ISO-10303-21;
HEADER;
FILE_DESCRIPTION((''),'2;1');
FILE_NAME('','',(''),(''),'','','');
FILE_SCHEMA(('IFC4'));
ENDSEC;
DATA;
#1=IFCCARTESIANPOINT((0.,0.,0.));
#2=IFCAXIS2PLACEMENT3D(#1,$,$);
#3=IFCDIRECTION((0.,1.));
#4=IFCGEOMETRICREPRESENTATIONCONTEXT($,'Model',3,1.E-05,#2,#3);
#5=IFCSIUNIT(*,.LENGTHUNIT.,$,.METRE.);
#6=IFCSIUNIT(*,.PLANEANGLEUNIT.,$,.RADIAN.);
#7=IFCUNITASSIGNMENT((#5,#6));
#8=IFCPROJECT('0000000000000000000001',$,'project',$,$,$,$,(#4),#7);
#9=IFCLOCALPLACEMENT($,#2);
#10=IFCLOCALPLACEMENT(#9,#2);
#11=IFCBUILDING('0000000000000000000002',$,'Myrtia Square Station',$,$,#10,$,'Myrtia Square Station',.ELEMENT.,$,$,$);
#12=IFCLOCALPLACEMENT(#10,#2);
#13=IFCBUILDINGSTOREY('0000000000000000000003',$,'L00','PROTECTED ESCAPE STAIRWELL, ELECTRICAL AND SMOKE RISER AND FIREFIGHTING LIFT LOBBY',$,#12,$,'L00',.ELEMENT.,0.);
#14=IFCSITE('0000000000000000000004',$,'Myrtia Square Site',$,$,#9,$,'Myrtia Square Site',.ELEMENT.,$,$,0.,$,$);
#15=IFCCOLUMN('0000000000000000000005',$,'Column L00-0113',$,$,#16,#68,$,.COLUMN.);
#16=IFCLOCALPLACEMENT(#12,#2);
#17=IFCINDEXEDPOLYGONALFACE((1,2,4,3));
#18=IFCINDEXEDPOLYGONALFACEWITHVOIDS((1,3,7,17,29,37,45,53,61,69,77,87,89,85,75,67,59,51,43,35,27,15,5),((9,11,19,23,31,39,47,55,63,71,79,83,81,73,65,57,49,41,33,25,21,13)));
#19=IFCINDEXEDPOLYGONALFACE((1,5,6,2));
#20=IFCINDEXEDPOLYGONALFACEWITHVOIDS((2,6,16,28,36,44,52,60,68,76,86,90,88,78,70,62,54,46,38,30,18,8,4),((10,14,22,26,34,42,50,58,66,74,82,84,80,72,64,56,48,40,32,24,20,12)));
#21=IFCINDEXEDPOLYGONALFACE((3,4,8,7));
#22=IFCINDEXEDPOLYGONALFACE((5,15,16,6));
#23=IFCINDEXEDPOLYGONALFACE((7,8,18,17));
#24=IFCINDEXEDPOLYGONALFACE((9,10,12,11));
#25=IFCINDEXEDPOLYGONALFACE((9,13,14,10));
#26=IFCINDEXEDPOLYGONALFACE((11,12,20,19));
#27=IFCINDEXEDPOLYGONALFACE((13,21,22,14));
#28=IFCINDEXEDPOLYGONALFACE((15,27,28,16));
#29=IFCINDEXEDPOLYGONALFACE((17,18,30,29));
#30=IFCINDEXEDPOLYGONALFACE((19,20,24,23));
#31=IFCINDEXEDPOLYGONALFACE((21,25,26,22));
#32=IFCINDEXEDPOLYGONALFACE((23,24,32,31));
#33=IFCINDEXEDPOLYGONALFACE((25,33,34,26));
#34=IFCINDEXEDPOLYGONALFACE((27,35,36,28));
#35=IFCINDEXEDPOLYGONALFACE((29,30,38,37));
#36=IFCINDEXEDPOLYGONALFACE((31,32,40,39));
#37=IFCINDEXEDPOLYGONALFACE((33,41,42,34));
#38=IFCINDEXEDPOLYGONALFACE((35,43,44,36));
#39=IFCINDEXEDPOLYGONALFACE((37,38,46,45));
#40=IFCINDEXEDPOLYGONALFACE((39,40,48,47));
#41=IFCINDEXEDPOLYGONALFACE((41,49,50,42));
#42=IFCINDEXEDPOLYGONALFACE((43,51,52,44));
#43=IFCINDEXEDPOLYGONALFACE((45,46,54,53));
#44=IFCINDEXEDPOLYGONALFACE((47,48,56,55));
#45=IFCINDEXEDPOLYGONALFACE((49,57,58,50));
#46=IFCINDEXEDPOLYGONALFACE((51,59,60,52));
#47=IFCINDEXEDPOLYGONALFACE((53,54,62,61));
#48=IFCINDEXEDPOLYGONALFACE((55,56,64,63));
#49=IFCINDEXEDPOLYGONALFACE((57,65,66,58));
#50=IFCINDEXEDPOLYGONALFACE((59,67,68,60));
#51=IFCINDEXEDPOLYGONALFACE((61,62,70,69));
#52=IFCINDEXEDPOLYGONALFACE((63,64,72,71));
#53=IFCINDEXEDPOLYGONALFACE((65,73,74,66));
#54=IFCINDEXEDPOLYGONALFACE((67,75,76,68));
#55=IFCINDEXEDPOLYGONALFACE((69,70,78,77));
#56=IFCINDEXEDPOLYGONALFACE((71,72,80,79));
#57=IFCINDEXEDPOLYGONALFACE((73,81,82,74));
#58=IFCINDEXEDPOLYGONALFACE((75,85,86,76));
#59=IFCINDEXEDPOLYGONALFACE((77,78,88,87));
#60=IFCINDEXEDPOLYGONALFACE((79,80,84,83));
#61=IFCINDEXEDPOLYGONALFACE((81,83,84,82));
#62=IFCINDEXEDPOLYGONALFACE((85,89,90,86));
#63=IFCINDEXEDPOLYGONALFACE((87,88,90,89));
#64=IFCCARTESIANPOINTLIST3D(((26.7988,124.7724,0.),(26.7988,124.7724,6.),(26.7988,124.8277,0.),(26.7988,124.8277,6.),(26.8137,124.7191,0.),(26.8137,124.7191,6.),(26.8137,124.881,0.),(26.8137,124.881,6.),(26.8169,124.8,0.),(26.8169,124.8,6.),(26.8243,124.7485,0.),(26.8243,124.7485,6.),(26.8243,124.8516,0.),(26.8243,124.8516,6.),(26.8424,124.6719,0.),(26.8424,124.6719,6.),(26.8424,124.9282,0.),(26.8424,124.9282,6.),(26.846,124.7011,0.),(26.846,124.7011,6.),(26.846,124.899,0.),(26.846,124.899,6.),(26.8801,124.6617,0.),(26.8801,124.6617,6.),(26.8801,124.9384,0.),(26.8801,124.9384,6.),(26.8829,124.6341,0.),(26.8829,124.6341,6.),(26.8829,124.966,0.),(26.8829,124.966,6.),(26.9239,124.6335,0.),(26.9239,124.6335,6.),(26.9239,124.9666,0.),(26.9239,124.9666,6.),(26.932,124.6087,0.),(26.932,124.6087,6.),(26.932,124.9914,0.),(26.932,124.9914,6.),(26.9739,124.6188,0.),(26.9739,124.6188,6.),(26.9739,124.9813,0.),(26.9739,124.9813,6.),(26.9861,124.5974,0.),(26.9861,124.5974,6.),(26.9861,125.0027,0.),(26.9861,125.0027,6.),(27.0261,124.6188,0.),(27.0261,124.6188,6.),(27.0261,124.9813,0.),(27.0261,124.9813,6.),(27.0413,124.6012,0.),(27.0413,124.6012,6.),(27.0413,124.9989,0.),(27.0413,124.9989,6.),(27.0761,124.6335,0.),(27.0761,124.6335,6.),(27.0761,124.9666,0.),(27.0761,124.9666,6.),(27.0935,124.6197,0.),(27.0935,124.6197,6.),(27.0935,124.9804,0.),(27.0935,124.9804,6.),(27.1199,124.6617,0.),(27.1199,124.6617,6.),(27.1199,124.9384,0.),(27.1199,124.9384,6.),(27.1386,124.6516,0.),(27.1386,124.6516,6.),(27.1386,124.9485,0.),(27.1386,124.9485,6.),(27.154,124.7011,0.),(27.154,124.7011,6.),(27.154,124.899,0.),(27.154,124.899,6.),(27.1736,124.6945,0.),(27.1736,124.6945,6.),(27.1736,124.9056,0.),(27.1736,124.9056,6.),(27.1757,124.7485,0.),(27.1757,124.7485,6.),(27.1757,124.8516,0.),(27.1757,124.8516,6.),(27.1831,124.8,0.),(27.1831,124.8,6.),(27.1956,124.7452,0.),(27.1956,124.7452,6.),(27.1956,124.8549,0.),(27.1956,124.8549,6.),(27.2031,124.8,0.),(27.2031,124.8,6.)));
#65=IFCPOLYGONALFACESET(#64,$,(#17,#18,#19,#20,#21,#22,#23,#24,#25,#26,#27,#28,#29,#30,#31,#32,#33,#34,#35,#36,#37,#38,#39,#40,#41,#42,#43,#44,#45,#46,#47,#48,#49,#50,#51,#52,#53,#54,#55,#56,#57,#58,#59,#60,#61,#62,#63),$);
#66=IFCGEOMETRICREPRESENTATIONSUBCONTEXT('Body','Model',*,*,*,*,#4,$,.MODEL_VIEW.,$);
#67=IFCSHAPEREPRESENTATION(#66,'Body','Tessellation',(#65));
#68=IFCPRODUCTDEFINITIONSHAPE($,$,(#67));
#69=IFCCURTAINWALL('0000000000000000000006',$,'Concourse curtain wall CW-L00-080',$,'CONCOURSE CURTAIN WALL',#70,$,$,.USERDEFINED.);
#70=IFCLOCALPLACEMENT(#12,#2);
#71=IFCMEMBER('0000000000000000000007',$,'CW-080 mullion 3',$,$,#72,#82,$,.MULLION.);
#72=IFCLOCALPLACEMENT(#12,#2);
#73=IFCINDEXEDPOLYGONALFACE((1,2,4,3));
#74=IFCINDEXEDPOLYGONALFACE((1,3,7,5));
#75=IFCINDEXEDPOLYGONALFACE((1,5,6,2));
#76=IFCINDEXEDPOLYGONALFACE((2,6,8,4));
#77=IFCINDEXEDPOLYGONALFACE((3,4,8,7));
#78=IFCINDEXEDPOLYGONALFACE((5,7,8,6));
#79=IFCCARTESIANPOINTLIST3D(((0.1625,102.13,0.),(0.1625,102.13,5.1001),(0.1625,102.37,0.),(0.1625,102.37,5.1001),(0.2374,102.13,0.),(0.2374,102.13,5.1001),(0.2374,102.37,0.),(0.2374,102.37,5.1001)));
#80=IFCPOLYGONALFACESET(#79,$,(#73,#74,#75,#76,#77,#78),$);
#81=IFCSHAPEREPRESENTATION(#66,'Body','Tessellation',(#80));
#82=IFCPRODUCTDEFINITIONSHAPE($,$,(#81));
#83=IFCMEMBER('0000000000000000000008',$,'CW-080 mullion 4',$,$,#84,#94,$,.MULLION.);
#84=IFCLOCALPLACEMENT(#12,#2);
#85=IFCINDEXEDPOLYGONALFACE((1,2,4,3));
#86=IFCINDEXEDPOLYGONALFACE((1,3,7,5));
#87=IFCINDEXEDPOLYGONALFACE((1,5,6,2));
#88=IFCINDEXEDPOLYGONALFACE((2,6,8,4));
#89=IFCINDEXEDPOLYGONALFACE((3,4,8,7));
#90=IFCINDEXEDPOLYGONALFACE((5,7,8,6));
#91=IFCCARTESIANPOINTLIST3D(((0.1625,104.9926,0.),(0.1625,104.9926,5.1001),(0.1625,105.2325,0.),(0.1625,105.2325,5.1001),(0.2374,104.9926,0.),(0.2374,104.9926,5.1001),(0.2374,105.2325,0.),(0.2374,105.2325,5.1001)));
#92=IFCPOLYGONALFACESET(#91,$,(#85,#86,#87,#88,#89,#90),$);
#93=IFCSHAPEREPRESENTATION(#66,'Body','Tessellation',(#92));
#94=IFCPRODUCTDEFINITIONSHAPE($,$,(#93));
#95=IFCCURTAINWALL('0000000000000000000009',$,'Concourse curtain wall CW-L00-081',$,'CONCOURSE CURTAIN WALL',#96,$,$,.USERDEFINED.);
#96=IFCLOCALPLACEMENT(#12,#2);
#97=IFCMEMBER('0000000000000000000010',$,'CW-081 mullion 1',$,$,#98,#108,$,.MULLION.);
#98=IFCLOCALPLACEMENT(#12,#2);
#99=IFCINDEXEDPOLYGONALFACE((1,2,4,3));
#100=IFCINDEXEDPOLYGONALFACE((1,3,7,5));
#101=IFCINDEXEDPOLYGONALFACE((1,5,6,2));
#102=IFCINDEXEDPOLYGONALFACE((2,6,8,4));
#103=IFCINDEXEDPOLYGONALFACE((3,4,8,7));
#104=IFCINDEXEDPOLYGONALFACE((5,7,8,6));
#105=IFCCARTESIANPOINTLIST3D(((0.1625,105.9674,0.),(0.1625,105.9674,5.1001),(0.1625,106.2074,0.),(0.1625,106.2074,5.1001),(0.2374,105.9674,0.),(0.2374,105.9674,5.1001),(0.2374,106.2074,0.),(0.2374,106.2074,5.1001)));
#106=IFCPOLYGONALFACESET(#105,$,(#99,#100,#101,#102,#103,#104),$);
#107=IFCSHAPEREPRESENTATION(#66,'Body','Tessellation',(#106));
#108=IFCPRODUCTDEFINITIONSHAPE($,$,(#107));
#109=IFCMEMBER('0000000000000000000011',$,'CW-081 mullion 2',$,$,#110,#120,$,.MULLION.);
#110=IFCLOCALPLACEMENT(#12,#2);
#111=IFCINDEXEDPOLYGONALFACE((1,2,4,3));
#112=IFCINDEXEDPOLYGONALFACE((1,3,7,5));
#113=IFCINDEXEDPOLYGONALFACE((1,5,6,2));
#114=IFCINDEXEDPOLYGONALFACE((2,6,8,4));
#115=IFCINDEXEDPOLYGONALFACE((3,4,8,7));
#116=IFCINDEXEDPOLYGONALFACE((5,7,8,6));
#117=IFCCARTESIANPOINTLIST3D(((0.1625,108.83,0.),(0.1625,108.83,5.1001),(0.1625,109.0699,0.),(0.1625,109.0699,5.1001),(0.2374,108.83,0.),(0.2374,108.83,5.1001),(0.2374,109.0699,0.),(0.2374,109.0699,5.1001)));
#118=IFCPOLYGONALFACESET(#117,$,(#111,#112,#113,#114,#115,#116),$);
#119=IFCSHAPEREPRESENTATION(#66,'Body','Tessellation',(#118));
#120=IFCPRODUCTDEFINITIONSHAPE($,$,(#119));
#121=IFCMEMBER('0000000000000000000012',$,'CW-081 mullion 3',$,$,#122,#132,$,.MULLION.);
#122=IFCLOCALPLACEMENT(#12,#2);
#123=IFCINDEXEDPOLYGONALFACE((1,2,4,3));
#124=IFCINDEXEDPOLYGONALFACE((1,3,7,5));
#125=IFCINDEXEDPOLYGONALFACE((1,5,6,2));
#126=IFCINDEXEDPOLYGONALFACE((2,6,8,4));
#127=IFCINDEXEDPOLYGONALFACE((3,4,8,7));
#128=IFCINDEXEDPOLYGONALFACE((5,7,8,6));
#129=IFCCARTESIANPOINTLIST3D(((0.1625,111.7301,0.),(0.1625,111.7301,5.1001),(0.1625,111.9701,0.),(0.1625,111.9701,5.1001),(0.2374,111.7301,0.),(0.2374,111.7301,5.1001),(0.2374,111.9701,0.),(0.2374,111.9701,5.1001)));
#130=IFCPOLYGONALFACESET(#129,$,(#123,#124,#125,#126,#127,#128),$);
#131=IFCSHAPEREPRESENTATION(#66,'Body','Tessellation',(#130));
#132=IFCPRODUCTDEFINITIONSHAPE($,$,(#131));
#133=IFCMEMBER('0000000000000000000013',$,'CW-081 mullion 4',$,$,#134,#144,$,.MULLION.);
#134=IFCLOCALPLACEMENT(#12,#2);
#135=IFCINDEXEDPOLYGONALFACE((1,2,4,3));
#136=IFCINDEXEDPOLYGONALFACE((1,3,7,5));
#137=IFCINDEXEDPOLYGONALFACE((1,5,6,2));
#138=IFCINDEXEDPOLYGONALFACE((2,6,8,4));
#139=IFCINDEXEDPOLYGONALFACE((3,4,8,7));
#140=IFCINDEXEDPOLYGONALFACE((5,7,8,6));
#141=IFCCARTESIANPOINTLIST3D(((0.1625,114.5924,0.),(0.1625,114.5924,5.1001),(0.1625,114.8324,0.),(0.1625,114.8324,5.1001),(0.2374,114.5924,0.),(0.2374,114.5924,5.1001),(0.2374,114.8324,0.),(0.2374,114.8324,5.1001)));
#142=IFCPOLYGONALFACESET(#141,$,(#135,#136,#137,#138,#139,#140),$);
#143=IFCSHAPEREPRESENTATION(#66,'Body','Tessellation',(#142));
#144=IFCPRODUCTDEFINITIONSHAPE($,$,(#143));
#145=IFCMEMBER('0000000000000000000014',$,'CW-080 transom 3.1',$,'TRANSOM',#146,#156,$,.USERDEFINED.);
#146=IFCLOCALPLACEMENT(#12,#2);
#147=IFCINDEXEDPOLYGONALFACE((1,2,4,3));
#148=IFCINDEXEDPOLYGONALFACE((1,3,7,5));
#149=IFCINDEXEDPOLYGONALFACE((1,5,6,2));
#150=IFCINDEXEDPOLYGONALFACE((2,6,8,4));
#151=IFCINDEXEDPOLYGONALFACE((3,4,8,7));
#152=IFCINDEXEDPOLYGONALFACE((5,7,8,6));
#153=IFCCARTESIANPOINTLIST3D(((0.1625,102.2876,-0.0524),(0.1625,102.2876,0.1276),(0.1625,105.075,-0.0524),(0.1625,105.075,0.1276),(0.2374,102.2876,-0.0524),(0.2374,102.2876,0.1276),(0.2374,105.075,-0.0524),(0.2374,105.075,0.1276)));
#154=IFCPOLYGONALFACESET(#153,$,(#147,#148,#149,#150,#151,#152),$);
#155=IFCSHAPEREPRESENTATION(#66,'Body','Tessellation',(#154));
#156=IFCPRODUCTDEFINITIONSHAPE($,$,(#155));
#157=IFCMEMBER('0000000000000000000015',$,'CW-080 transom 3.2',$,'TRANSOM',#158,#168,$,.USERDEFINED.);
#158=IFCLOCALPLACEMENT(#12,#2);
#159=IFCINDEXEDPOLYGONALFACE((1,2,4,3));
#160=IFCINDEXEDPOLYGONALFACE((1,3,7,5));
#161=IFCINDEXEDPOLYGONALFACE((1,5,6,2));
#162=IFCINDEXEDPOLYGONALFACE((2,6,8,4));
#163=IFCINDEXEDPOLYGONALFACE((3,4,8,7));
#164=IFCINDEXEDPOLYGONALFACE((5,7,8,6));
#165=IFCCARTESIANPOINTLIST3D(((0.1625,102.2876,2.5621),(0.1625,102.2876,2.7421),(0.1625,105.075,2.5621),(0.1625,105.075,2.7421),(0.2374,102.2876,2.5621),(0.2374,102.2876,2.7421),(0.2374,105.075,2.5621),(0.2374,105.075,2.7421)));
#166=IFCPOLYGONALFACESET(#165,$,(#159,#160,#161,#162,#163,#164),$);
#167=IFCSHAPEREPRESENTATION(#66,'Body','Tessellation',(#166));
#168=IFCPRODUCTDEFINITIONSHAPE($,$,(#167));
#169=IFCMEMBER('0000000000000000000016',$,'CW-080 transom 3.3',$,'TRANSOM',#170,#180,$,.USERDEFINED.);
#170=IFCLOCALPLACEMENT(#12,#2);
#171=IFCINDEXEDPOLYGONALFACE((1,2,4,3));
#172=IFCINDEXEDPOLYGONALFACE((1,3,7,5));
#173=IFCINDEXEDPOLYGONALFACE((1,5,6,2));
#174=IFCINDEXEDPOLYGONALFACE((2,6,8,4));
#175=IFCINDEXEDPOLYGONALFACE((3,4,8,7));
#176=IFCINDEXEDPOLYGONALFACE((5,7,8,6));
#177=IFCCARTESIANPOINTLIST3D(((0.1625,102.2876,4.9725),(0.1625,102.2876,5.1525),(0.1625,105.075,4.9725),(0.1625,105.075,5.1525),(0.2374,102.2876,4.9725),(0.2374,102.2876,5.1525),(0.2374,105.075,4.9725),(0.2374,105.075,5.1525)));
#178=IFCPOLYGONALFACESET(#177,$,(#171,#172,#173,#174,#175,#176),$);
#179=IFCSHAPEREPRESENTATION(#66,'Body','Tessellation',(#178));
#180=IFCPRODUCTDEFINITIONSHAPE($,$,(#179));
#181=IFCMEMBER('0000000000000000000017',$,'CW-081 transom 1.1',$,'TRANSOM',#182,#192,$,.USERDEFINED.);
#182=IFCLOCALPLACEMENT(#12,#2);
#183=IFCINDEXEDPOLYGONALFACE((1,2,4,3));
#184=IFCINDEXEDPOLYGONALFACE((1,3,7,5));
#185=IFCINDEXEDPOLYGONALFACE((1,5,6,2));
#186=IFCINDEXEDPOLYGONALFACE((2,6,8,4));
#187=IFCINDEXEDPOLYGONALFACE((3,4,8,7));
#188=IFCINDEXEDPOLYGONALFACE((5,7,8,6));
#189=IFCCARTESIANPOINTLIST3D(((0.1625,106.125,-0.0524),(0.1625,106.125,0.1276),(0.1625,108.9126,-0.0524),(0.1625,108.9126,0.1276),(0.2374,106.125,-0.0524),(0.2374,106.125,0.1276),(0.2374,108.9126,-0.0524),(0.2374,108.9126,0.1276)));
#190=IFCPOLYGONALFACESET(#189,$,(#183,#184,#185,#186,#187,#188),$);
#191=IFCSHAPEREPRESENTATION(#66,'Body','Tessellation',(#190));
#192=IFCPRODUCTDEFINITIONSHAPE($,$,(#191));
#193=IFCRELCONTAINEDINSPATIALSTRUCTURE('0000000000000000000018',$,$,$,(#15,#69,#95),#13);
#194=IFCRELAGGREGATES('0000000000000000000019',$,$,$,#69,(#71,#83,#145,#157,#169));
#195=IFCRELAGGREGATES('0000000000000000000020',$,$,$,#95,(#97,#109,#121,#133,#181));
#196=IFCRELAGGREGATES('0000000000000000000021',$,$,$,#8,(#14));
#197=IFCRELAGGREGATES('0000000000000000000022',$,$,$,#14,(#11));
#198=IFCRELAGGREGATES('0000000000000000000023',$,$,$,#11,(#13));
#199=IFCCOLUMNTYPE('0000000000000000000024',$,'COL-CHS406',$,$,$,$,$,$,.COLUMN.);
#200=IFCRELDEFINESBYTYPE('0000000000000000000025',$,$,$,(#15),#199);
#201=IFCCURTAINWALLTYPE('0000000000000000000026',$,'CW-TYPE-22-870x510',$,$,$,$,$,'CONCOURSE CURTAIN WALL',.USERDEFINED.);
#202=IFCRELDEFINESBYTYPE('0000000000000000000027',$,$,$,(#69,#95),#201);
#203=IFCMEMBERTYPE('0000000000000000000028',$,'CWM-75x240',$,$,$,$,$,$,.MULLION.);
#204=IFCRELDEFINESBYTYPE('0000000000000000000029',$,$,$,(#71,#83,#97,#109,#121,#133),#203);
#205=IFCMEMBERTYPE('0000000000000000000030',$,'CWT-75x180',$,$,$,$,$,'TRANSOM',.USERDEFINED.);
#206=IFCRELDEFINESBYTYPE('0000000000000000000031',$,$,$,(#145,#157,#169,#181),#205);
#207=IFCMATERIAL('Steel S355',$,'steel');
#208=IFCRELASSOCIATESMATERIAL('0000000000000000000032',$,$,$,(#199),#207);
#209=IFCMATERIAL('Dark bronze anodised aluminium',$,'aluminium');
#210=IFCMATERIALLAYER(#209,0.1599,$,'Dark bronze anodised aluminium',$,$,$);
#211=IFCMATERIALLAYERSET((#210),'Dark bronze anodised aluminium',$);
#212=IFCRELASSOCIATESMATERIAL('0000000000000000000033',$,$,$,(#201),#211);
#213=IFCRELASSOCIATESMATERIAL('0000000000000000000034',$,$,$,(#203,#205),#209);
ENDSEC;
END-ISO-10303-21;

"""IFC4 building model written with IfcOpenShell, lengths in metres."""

from ifc_helpers import new_model, si_unit, direction, frame, origin, origin_2d, place, context, subcontext, project, spatial, rectangle, hollow_circle, extrude, material, layer, layer_set, material_profile, profile_set, type_object, element, aggregate, save


model = new_model("IFC4")

# Units and contexts
model_context = context("Model", 3, precision=1e-05, world=origin(), true_north=direction((0.0, 1.0)))
body_context = subcontext(model_context, "Body", "Model", "MODEL_VIEW")
ifc_project = project(units=[si_unit("LENGTHUNIT", "METRE"), si_unit("PLANEANGLEUNIT", "RADIAN")], contexts=[model_context])

# Site, building, storey
site_placement = place(None, origin())
site = spatial("IfcSite", under=ifc_project, at=site_placement, Name="Myrtia Square Site", LongName="Myrtia Square Site", CompositionType="ELEMENT", RefElevation=0.0)
building_placement = place(site_placement, origin())
building = spatial("IfcBuilding", under=site, at=building_placement, Name="Myrtia Square Station", LongName="Myrtia Square Station", CompositionType="ELEMENT")
storey_placement = place(building_placement, origin())
storey = spatial("IfcBuildingStorey", under=building, at=storey_placement, Name="L00", Description="PROTECTED ESCAPE STAIRWELL, ELECTRICAL AND SMOKE RISER AND FIREFIGHTING LIFT LOBBY", LongName="L00", CompositionType="ELEMENT", Elevation=0.0)

# Column
ifc_material_1 = material(Name="Steel S355", Category="steel")
ifc_material_profile_1 = material_profile(ifc_material_1, hollow_circle(Radius=0.2031, WallThickness=0.02, at=origin_2d()), Name="CHS 406.4x20")
ifc_profile_set_1 = profile_set([ifc_material_profile_1], Name="Steel S355")
column_type = type_object("IfcColumnType", Name="COL-CHS406", PredefinedType="COLUMN", material=ifc_profile_set_1)
for number, where, z_axis, x_axis, name in (
    (1, (27.0, 124.8, 0.0), (0.0, 0.0, 1.0), (1.0, 0.0, 0.0), "Column L00-0113"),
):
    element("IfcColumn", number, at=place(storey_placement, frame(where, z_axis=z_axis, x_axis=x_axis)), inside=storey, type_object=column_type, Name=name, PredefinedType="COLUMN", context=body_context, shape_type="SweptSolid", body=[
        extrude(hollow_circle(Radius=0.2031, WallThickness=0.02, at=origin_2d()), origin(), (0.0, 0.0, 1.0), 6.0),
    ])

# Curtain walls, members
ifc_material_2 = material(Name="Dark bronze anodised aluminium", Category="aluminium")
ifc_layer_1 = layer(ifc_material_2, 0.1599, Name="Dark bronze anodised aluminium")
ifc_layer_set_1 = layer_set([ifc_layer_1], Name="Dark bronze anodised aluminium")
curtain_wall_type = type_object("IfcCurtainWallType", Name="CW-TYPE-22-870x510", ElementType="CONCOURSE CURTAIN WALL", PredefinedType="USERDEFINED", material=ifc_layer_set_1)
curtain_wall_1_placement = place(storey_placement, origin())
curtain_wall_1 = element("IfcCurtainWall", 2, at=curtain_wall_1_placement, inside=storey, type_object=curtain_wall_type, Name="Concourse curtain wall CW-L00-080", ObjectType="CONCOURSE CURTAIN WALL", PredefinedType="USERDEFINED")
ifc_material_profile_2 = material_profile(ifc_material_2, rectangle(XDim=0.075, YDim=0.24, at=origin_2d()), Name="ALU-M 75x240")
ifc_profile_set_2 = profile_set([ifc_material_profile_2], Name="Dark bronze anodised aluminium")
member_type_1 = type_object("IfcMemberType", Name="CWM-75x240", PredefinedType="MULLION", material=ifc_profile_set_2)
member_1_placement = place(storey_placement, frame((0.2, 102.25, 0.0), z_axis=(0.0, 0.0, 1.0), x_axis=(-1.0, 0.0, 0.0)))
member_1 = element("IfcMember", 3, at=member_1_placement, type_object=member_type_1, Name="CW-080 mullion 3", PredefinedType="MULLION", context=body_context, shape_type="SweptSolid", body=[
    extrude(rectangle(XDim=0.075, YDim=0.24, at=origin_2d()), origin(), (0.0, 0.0, 1.0), 5.1001),
])
member_2_placement = place(storey_placement, frame((0.2, 105.1125, 0.0), z_axis=(0.0, 0.0, 1.0), x_axis=(-1.0, 0.0, 0.0)))
member_2 = element("IfcMember", 4, at=member_2_placement, type_object=member_type_1, Name="CW-080 mullion 4", PredefinedType="MULLION", context=body_context, shape_type="SweptSolid", body=[
    extrude(rectangle(XDim=0.075, YDim=0.24, at=origin_2d()), origin(), (0.0, 0.0, 1.0), 5.1001),
])
curtain_wall_2_placement = place(storey_placement, origin())
curtain_wall_2 = element("IfcCurtainWall", 5, at=curtain_wall_2_placement, inside=storey, type_object=curtain_wall_type, Name="Concourse curtain wall CW-L00-081", ObjectType="CONCOURSE CURTAIN WALL", PredefinedType="USERDEFINED")
member_3_placement = place(storey_placement, frame((0.2, 106.0874, 0.0), z_axis=(0.0, 0.0, 1.0), x_axis=(-1.0, 0.0, 0.0)))
member_3 = element("IfcMember", 6, at=member_3_placement, type_object=member_type_1, Name="CW-081 mullion 1", PredefinedType="MULLION", context=body_context, shape_type="SweptSolid", body=[
    extrude(rectangle(XDim=0.075, YDim=0.24, at=origin_2d()), origin(), (0.0, 0.0, 1.0), 5.1001),
])
member_4_placement = place(storey_placement, frame((0.2, 108.95, 0.0), z_axis=(0.0, 0.0, 1.0), x_axis=(-1.0, 0.0, 0.0)))
member_4 = element("IfcMember", 7, at=member_4_placement, type_object=member_type_1, Name="CW-081 mullion 2", PredefinedType="MULLION", context=body_context, shape_type="SweptSolid", body=[
    extrude(rectangle(XDim=0.075, YDim=0.24, at=origin_2d()), origin(), (0.0, 0.0, 1.0), 5.1001),
])
member_5_placement = place(storey_placement, frame((0.2, 111.8501, 0.0), z_axis=(0.0, 0.0, 1.0), x_axis=(-1.0, 0.0, 0.0)))
member_5 = element("IfcMember", 8, at=member_5_placement, type_object=member_type_1, Name="CW-081 mullion 3", PredefinedType="MULLION", context=body_context, shape_type="SweptSolid", body=[
    extrude(rectangle(XDim=0.075, YDim=0.24, at=origin_2d()), origin(), (0.0, 0.0, 1.0), 5.1001),
])
member_6_placement = place(storey_placement, frame((0.2, 114.7124, 0.0), z_axis=(0.0, 0.0, 1.0), x_axis=(-1.0, 0.0, 0.0)))
member_6 = element("IfcMember", 9, at=member_6_placement, type_object=member_type_1, Name="CW-081 mullion 4", PredefinedType="MULLION", context=body_context, shape_type="SweptSolid", body=[
    extrude(rectangle(XDim=0.075, YDim=0.24, at=origin_2d()), origin(), (0.0, 0.0, 1.0), 5.1001),
])

# Members
ifc_material_profile_3 = material_profile(ifc_material_2, rectangle(XDim=0.075, YDim=0.1799, at=origin_2d()), Name="ALU-T 75x180")
ifc_profile_set_3 = profile_set([ifc_material_profile_3], Name="Dark bronze anodised aluminium")
member_type_2 = type_object("IfcMemberType", Name="CWT-75x180", ElementType="TRANSOM", PredefinedType="USERDEFINED", material=ifc_profile_set_3)
member_7_placement = place(storey_placement, frame((0.2, 102.2876, 0.0376), z_axis=(0.0, 1.0, 0.0), x_axis=(-1.0, 0.0, 0.0)))
member_7 = element("IfcMember", 10, at=member_7_placement, type_object=member_type_2, Name="CW-080 transom 3.1", ObjectType="TRANSOM", PredefinedType="USERDEFINED", context=body_context, shape_type="SweptSolid", body=[
    extrude(rectangle(XDim=0.075, YDim=0.1799, at=origin_2d()), origin(), (0.0, 0.0, 1.0), 2.7874),
])
member_8_placement = place(storey_placement, frame((0.2, 102.2876, 2.6521), z_axis=(0.0, 1.0, 0.0), x_axis=(-1.0, 0.0, 0.0)))
member_8 = element("IfcMember", 11, at=member_8_placement, type_object=member_type_2, Name="CW-080 transom 3.2", ObjectType="TRANSOM", PredefinedType="USERDEFINED", context=body_context, shape_type="SweptSolid", body=[
    extrude(rectangle(XDim=0.075, YDim=0.1799, at=origin_2d()), origin(), (0.0, 0.0, 1.0), 2.7874),
])
member_9_placement = place(storey_placement, frame((0.2, 102.2876, 5.0625), z_axis=(0.0, 1.0, 0.0), x_axis=(-1.0, 0.0, 0.0)))
member_9 = element("IfcMember", 12, at=member_9_placement, type_object=member_type_2, Name="CW-080 transom 3.3", ObjectType="TRANSOM", PredefinedType="USERDEFINED", context=body_context, shape_type="SweptSolid", body=[
    extrude(rectangle(XDim=0.075, YDim=0.1799, at=origin_2d()), origin(), (0.0, 0.0, 1.0), 2.7874),
])
member_10_placement = place(storey_placement, frame((0.2, 106.125, 0.0376), z_axis=(0.0, 1.0, 0.0), x_axis=(-1.0, 0.0, 0.0)))
member_10 = element("IfcMember", 13, at=member_10_placement, type_object=member_type_2, Name="CW-081 transom 1.1", ObjectType="TRANSOM", PredefinedType="USERDEFINED", context=body_context, shape_type="SweptSolid", body=[
    extrude(rectangle(XDim=0.075, YDim=0.1799, at=origin_2d()), origin(), (0.0, 0.0, 1.0), 2.7876),
])

aggregate(curtain_wall_1, [member_1, member_2, member_7, member_8, member_9])
aggregate(curtain_wall_2, [member_3, member_4, member_5, member_6, member_10])

save(model, "model.ifc")
